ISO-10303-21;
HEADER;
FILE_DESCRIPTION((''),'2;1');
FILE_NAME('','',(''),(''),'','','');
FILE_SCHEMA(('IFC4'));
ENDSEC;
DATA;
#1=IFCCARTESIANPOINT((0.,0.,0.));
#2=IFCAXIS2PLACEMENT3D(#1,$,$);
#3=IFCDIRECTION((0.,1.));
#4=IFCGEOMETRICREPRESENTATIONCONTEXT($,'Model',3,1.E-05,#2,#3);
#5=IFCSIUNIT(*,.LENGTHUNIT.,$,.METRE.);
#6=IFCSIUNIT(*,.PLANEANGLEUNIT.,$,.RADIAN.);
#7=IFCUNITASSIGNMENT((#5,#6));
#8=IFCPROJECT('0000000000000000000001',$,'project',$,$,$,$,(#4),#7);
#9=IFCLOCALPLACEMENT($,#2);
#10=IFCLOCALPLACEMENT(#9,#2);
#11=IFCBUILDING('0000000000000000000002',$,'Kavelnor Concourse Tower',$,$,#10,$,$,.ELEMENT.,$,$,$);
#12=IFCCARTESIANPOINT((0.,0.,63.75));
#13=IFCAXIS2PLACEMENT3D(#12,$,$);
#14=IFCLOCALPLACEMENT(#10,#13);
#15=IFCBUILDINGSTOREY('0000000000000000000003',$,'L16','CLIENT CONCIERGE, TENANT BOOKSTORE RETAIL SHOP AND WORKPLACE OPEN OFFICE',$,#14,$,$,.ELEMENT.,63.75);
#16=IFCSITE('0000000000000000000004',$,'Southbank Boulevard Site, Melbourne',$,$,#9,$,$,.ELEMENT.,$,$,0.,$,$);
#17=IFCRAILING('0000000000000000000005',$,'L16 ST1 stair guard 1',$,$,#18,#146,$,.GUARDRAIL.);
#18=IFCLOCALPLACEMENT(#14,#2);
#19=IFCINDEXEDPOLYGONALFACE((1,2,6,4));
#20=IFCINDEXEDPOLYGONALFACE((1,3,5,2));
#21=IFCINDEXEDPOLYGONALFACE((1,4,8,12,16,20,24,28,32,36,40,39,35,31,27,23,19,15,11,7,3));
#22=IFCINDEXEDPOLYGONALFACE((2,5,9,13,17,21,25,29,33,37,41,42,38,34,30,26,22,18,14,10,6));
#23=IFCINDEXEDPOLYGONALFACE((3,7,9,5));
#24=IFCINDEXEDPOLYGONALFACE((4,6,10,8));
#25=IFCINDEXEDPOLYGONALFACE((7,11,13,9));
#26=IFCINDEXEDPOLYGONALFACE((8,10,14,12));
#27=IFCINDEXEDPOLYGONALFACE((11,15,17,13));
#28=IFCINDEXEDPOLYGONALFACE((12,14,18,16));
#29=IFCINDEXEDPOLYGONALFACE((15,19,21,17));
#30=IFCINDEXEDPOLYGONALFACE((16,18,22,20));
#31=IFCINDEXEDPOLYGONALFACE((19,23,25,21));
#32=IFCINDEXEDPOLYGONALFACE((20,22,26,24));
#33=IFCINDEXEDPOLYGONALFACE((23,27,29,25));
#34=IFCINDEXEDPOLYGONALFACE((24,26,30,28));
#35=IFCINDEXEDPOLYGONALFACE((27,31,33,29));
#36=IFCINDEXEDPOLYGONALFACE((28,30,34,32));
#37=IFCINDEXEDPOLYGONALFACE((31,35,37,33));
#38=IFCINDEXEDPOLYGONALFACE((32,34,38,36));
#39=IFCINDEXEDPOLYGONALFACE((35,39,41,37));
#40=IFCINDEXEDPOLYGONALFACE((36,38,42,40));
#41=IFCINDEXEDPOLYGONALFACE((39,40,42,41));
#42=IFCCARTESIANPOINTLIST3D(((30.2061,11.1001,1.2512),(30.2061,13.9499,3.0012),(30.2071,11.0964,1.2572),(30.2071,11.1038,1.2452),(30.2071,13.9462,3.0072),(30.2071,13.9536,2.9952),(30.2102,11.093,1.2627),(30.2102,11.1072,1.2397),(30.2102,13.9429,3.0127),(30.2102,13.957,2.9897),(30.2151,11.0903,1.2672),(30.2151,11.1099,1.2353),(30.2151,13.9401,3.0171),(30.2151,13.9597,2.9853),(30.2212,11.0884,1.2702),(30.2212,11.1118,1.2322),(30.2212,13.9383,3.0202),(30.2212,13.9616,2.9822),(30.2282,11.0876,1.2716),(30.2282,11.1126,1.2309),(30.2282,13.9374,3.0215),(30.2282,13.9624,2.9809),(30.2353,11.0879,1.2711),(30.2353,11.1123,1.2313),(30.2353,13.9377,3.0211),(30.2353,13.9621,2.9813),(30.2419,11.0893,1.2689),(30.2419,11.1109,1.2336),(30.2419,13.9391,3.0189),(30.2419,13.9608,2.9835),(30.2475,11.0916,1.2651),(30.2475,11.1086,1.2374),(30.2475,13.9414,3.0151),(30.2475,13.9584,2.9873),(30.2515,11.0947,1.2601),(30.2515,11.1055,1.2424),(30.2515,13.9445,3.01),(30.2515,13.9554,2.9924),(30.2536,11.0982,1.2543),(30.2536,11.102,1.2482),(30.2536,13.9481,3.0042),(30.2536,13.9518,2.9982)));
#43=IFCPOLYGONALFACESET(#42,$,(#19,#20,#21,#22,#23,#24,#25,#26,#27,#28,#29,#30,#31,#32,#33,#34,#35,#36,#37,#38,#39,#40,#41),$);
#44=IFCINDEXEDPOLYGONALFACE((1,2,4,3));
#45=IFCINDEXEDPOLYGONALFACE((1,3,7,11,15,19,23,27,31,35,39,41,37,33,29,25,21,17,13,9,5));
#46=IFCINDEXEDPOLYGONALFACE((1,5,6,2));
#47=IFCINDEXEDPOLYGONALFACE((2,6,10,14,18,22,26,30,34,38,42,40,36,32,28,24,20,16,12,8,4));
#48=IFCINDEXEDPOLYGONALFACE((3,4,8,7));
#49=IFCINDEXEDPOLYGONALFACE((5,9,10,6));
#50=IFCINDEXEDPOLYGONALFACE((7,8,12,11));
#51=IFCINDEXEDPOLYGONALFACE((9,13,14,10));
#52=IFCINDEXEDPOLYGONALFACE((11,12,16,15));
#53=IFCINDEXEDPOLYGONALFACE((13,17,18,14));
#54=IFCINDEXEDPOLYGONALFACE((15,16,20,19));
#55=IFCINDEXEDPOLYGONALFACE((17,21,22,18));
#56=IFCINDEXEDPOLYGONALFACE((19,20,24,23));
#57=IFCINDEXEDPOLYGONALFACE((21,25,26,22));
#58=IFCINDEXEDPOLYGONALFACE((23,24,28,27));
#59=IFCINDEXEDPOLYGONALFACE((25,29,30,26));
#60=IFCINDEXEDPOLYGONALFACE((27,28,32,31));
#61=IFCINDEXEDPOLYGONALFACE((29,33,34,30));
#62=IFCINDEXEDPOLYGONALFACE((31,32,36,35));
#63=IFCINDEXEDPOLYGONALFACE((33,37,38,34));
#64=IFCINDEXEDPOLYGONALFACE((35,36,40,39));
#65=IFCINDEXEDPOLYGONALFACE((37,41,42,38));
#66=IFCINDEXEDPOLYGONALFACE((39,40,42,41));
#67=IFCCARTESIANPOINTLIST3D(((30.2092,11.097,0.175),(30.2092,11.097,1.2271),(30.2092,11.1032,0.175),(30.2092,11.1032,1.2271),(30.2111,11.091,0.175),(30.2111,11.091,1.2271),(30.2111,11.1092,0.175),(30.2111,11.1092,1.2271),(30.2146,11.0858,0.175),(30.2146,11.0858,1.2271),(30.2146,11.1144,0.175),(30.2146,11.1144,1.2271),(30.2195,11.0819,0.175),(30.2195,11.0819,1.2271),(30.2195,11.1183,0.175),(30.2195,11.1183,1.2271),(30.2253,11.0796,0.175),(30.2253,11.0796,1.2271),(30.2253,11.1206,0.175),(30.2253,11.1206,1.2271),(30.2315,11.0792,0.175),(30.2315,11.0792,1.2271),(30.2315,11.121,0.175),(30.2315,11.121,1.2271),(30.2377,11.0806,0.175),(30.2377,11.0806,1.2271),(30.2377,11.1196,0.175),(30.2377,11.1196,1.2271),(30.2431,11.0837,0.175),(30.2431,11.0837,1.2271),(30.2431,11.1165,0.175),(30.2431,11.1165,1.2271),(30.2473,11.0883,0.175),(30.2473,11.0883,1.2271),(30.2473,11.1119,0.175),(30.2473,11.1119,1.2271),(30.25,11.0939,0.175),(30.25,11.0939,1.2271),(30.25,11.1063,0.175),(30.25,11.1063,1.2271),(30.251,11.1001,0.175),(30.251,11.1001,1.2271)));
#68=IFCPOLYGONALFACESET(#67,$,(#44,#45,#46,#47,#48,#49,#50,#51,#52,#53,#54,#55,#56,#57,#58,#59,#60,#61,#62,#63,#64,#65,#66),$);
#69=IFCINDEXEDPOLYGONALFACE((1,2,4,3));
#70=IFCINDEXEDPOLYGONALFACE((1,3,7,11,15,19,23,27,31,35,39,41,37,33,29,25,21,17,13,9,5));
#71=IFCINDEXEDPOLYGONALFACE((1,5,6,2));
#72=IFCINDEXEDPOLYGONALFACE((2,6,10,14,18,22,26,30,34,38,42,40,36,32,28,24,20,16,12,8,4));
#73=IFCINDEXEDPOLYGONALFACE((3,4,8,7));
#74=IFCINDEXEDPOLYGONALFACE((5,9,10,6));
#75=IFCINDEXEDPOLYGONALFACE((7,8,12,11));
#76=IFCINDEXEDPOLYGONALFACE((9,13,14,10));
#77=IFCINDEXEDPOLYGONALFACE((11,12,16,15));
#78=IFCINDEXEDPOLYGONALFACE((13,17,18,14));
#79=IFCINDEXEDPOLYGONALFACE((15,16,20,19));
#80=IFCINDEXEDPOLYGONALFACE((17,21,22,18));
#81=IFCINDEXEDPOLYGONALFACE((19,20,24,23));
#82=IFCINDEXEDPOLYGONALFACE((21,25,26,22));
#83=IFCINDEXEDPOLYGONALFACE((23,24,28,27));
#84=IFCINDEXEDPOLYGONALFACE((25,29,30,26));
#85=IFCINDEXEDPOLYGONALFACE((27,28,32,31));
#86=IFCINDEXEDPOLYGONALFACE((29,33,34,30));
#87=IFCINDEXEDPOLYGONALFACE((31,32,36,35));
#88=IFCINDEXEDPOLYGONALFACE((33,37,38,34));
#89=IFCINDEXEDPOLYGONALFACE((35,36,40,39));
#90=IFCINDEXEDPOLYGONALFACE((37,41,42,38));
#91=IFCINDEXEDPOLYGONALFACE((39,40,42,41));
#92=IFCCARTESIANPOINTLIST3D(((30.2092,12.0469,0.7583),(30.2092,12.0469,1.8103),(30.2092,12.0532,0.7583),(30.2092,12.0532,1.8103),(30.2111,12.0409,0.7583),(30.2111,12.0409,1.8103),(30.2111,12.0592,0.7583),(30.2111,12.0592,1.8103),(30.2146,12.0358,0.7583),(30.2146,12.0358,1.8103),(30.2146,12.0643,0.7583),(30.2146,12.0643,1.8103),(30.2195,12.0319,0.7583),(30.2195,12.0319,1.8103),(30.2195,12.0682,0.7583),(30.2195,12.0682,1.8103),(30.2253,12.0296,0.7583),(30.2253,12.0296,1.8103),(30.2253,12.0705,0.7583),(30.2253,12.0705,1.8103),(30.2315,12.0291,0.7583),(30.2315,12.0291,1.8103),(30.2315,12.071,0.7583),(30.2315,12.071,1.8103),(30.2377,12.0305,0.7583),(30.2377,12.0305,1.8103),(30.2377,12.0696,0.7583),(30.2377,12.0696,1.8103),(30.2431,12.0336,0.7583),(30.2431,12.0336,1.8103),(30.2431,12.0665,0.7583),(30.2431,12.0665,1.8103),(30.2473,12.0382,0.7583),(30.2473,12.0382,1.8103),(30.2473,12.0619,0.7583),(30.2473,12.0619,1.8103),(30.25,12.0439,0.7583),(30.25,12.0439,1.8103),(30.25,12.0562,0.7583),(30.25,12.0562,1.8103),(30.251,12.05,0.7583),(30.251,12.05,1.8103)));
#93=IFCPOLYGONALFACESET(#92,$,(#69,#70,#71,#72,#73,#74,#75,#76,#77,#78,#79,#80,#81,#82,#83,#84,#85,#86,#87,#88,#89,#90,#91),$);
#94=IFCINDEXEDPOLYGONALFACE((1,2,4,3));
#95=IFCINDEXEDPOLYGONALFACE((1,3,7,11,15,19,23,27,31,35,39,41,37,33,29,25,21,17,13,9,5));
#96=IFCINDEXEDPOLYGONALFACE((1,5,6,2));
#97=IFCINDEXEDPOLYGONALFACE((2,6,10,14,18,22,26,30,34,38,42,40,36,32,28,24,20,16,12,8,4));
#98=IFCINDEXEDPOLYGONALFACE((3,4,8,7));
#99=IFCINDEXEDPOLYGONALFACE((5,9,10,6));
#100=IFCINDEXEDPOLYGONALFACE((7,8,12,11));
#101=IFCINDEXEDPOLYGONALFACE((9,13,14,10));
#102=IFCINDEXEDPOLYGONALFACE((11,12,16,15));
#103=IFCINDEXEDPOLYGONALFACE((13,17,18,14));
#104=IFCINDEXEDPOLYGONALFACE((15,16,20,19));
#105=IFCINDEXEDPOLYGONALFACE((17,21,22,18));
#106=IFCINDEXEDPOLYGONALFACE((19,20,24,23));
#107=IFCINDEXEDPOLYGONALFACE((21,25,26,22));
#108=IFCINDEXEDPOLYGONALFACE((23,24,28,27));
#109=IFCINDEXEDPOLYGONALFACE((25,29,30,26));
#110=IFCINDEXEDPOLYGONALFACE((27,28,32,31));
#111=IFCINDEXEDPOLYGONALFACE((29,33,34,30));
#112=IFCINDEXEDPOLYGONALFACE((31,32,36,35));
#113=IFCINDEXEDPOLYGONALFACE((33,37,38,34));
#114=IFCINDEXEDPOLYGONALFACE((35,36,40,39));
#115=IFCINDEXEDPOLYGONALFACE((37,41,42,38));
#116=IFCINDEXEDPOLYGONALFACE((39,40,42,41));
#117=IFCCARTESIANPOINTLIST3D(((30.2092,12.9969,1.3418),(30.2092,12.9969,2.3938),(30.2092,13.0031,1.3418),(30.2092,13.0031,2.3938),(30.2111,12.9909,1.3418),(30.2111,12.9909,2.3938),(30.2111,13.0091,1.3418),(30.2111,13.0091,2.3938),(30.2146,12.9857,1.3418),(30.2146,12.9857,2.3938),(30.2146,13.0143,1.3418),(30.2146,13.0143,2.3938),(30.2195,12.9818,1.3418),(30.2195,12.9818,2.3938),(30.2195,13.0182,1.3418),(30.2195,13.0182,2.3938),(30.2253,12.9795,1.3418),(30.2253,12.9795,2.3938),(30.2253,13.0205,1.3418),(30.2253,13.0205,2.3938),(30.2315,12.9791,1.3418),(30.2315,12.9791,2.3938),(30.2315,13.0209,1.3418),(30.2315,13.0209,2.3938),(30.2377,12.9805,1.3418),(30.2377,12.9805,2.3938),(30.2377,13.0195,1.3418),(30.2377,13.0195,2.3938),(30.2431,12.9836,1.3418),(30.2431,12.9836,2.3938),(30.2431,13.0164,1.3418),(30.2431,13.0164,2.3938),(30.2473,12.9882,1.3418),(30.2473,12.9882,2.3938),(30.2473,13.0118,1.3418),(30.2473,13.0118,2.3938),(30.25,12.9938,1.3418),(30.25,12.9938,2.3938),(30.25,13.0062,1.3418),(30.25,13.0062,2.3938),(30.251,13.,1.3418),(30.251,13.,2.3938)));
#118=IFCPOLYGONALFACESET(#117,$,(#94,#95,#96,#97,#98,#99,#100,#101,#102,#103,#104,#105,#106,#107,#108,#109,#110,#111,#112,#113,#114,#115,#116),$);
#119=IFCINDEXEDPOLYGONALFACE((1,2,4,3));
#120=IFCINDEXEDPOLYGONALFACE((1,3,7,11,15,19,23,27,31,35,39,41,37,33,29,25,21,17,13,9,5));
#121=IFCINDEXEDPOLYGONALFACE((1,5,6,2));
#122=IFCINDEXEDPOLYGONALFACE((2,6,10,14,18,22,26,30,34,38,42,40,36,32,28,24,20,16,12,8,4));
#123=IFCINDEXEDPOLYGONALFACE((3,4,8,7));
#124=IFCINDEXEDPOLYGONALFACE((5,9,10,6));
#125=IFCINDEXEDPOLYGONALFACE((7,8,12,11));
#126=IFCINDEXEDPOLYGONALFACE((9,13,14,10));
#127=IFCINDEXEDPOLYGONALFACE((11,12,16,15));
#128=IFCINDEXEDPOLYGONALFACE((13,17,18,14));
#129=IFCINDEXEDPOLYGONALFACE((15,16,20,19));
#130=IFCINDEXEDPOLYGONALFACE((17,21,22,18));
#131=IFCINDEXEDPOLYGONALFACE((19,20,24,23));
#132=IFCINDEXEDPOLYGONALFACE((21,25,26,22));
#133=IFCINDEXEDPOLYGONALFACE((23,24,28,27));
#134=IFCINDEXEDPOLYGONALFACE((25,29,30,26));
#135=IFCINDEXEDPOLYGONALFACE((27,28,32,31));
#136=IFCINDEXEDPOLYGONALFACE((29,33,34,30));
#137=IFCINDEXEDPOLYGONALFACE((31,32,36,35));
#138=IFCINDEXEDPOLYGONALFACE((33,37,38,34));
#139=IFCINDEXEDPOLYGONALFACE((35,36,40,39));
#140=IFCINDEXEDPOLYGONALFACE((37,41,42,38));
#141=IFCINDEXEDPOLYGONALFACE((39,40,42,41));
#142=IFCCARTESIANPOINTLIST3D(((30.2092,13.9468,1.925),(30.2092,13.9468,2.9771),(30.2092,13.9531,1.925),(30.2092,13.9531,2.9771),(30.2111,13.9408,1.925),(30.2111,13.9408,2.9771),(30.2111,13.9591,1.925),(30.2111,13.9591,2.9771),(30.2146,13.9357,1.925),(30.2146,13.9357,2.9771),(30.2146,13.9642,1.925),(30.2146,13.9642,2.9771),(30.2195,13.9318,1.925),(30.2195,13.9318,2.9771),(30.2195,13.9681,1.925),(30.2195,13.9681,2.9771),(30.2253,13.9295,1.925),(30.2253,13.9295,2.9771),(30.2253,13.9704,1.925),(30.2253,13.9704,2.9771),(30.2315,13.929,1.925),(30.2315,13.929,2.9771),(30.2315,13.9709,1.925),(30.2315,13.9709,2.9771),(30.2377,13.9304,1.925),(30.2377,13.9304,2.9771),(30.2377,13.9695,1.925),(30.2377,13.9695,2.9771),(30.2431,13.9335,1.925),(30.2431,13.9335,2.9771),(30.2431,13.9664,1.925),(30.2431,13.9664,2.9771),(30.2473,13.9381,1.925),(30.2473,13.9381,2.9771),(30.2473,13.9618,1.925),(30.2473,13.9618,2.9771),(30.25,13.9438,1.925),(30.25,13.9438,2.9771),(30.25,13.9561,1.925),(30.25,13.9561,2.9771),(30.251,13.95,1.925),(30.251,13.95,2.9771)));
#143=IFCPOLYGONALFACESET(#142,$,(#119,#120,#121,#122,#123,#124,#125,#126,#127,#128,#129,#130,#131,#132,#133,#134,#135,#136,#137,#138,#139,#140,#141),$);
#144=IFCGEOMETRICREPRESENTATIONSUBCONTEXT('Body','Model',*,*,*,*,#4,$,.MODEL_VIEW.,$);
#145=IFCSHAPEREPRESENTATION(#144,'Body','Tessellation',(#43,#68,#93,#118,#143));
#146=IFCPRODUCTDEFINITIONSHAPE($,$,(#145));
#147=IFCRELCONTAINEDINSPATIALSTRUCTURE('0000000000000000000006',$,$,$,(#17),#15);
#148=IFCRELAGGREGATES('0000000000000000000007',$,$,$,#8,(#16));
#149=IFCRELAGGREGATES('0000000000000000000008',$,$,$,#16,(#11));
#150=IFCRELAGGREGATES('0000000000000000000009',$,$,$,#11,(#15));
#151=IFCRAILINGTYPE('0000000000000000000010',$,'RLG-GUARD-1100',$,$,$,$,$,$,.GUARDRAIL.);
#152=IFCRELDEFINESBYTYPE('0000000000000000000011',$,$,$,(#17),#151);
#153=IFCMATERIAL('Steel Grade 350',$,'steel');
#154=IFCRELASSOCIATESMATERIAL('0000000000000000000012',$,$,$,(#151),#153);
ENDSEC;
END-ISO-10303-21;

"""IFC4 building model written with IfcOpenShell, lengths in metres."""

from ifc_helpers import new_model, si_unit, direction, frame, origin, origin_2d, place, context, subcontext, project, spatial, circle, extrude, material, type_object, element, save


model = new_model("IFC4")

# Units and contexts
model_context = context("Model", 3, precision=1e-05, world=origin(), true_north=direction((0.0, 1.0)))
body_context = subcontext(model_context, "Body", "Model", "MODEL_VIEW")
ifc_project = project(units=[si_unit("LENGTHUNIT", "METRE"), si_unit("PLANEANGLEUNIT", "RADIAN")], contexts=[model_context])

# Site, building, storey
site_placement = place(None, origin())
site = spatial("IfcSite", under=ifc_project, at=site_placement, Name="Southbank Boulevard Site, Melbourne", CompositionType="ELEMENT", RefElevation=0.0)
building_placement = place(site_placement, origin())
building = spatial("IfcBuilding", under=site, at=building_placement, Name="Kavelnor Concourse Tower", CompositionType="ELEMENT")
storey_placement = place(building_placement, frame((0.0, 0.0, 63.75)))
storey = spatial("IfcBuildingStorey", under=building, at=storey_placement, Name="L16", Description="CLIENT CONCIERGE, TENANT BOOKSTORE RETAIL SHOP AND WORKPLACE OPEN OFFICE", CompositionType="ELEMENT", Elevation=63.75)

# Shared definitions
ifc_material_1 = material(Name="Steel Grade 350", Category="steel")

# Railing
railing_type_1 = type_object("IfcRailingType", Name="RLG-GUARD-1100", PredefinedType="GUARDRAIL", material=ifc_material_1)
railing_1_placement = place(storey_placement, frame((30.23, 11.1001, 0.175)))
element("IfcRailing", 1, at=railing_1_placement, inside=storey, type_object=railing_type_1, Name="L16 ST1 stair guard 1", PredefinedType="GUARDRAIL", context=body_context, shape_type="SweptSolid", body=[
    extrude(circle(Radius=0.0239, at=origin_2d()), frame((0.0, 0.0, 1.0762), z_axis=(0.0, 0.852159, 0.523283), x_axis=(-1.0, 0.0, 0.0)), (0.0, 0.0, 1.0), 3.3442),
    extrude(circle(Radius=0.021, at=origin_2d()), origin(), (0.0, 0.0, 1.0), 1.052),
    extrude(circle(Radius=0.021, at=origin_2d()), frame((0.0, 0.95, 0.5833)), (0.0, 0.0, 1.0), 1.052),
    extrude(circle(Radius=0.021, at=origin_2d()), frame((0.0, 1.8999, 1.1667)), (0.0, 0.0, 1.0), 1.052),
    extrude(circle(Radius=0.021, at=origin_2d()), frame((0.0, 2.8499, 1.75)), (0.0, 0.0, 1.0), 1.052),
])

save(model, "model.ifc")
